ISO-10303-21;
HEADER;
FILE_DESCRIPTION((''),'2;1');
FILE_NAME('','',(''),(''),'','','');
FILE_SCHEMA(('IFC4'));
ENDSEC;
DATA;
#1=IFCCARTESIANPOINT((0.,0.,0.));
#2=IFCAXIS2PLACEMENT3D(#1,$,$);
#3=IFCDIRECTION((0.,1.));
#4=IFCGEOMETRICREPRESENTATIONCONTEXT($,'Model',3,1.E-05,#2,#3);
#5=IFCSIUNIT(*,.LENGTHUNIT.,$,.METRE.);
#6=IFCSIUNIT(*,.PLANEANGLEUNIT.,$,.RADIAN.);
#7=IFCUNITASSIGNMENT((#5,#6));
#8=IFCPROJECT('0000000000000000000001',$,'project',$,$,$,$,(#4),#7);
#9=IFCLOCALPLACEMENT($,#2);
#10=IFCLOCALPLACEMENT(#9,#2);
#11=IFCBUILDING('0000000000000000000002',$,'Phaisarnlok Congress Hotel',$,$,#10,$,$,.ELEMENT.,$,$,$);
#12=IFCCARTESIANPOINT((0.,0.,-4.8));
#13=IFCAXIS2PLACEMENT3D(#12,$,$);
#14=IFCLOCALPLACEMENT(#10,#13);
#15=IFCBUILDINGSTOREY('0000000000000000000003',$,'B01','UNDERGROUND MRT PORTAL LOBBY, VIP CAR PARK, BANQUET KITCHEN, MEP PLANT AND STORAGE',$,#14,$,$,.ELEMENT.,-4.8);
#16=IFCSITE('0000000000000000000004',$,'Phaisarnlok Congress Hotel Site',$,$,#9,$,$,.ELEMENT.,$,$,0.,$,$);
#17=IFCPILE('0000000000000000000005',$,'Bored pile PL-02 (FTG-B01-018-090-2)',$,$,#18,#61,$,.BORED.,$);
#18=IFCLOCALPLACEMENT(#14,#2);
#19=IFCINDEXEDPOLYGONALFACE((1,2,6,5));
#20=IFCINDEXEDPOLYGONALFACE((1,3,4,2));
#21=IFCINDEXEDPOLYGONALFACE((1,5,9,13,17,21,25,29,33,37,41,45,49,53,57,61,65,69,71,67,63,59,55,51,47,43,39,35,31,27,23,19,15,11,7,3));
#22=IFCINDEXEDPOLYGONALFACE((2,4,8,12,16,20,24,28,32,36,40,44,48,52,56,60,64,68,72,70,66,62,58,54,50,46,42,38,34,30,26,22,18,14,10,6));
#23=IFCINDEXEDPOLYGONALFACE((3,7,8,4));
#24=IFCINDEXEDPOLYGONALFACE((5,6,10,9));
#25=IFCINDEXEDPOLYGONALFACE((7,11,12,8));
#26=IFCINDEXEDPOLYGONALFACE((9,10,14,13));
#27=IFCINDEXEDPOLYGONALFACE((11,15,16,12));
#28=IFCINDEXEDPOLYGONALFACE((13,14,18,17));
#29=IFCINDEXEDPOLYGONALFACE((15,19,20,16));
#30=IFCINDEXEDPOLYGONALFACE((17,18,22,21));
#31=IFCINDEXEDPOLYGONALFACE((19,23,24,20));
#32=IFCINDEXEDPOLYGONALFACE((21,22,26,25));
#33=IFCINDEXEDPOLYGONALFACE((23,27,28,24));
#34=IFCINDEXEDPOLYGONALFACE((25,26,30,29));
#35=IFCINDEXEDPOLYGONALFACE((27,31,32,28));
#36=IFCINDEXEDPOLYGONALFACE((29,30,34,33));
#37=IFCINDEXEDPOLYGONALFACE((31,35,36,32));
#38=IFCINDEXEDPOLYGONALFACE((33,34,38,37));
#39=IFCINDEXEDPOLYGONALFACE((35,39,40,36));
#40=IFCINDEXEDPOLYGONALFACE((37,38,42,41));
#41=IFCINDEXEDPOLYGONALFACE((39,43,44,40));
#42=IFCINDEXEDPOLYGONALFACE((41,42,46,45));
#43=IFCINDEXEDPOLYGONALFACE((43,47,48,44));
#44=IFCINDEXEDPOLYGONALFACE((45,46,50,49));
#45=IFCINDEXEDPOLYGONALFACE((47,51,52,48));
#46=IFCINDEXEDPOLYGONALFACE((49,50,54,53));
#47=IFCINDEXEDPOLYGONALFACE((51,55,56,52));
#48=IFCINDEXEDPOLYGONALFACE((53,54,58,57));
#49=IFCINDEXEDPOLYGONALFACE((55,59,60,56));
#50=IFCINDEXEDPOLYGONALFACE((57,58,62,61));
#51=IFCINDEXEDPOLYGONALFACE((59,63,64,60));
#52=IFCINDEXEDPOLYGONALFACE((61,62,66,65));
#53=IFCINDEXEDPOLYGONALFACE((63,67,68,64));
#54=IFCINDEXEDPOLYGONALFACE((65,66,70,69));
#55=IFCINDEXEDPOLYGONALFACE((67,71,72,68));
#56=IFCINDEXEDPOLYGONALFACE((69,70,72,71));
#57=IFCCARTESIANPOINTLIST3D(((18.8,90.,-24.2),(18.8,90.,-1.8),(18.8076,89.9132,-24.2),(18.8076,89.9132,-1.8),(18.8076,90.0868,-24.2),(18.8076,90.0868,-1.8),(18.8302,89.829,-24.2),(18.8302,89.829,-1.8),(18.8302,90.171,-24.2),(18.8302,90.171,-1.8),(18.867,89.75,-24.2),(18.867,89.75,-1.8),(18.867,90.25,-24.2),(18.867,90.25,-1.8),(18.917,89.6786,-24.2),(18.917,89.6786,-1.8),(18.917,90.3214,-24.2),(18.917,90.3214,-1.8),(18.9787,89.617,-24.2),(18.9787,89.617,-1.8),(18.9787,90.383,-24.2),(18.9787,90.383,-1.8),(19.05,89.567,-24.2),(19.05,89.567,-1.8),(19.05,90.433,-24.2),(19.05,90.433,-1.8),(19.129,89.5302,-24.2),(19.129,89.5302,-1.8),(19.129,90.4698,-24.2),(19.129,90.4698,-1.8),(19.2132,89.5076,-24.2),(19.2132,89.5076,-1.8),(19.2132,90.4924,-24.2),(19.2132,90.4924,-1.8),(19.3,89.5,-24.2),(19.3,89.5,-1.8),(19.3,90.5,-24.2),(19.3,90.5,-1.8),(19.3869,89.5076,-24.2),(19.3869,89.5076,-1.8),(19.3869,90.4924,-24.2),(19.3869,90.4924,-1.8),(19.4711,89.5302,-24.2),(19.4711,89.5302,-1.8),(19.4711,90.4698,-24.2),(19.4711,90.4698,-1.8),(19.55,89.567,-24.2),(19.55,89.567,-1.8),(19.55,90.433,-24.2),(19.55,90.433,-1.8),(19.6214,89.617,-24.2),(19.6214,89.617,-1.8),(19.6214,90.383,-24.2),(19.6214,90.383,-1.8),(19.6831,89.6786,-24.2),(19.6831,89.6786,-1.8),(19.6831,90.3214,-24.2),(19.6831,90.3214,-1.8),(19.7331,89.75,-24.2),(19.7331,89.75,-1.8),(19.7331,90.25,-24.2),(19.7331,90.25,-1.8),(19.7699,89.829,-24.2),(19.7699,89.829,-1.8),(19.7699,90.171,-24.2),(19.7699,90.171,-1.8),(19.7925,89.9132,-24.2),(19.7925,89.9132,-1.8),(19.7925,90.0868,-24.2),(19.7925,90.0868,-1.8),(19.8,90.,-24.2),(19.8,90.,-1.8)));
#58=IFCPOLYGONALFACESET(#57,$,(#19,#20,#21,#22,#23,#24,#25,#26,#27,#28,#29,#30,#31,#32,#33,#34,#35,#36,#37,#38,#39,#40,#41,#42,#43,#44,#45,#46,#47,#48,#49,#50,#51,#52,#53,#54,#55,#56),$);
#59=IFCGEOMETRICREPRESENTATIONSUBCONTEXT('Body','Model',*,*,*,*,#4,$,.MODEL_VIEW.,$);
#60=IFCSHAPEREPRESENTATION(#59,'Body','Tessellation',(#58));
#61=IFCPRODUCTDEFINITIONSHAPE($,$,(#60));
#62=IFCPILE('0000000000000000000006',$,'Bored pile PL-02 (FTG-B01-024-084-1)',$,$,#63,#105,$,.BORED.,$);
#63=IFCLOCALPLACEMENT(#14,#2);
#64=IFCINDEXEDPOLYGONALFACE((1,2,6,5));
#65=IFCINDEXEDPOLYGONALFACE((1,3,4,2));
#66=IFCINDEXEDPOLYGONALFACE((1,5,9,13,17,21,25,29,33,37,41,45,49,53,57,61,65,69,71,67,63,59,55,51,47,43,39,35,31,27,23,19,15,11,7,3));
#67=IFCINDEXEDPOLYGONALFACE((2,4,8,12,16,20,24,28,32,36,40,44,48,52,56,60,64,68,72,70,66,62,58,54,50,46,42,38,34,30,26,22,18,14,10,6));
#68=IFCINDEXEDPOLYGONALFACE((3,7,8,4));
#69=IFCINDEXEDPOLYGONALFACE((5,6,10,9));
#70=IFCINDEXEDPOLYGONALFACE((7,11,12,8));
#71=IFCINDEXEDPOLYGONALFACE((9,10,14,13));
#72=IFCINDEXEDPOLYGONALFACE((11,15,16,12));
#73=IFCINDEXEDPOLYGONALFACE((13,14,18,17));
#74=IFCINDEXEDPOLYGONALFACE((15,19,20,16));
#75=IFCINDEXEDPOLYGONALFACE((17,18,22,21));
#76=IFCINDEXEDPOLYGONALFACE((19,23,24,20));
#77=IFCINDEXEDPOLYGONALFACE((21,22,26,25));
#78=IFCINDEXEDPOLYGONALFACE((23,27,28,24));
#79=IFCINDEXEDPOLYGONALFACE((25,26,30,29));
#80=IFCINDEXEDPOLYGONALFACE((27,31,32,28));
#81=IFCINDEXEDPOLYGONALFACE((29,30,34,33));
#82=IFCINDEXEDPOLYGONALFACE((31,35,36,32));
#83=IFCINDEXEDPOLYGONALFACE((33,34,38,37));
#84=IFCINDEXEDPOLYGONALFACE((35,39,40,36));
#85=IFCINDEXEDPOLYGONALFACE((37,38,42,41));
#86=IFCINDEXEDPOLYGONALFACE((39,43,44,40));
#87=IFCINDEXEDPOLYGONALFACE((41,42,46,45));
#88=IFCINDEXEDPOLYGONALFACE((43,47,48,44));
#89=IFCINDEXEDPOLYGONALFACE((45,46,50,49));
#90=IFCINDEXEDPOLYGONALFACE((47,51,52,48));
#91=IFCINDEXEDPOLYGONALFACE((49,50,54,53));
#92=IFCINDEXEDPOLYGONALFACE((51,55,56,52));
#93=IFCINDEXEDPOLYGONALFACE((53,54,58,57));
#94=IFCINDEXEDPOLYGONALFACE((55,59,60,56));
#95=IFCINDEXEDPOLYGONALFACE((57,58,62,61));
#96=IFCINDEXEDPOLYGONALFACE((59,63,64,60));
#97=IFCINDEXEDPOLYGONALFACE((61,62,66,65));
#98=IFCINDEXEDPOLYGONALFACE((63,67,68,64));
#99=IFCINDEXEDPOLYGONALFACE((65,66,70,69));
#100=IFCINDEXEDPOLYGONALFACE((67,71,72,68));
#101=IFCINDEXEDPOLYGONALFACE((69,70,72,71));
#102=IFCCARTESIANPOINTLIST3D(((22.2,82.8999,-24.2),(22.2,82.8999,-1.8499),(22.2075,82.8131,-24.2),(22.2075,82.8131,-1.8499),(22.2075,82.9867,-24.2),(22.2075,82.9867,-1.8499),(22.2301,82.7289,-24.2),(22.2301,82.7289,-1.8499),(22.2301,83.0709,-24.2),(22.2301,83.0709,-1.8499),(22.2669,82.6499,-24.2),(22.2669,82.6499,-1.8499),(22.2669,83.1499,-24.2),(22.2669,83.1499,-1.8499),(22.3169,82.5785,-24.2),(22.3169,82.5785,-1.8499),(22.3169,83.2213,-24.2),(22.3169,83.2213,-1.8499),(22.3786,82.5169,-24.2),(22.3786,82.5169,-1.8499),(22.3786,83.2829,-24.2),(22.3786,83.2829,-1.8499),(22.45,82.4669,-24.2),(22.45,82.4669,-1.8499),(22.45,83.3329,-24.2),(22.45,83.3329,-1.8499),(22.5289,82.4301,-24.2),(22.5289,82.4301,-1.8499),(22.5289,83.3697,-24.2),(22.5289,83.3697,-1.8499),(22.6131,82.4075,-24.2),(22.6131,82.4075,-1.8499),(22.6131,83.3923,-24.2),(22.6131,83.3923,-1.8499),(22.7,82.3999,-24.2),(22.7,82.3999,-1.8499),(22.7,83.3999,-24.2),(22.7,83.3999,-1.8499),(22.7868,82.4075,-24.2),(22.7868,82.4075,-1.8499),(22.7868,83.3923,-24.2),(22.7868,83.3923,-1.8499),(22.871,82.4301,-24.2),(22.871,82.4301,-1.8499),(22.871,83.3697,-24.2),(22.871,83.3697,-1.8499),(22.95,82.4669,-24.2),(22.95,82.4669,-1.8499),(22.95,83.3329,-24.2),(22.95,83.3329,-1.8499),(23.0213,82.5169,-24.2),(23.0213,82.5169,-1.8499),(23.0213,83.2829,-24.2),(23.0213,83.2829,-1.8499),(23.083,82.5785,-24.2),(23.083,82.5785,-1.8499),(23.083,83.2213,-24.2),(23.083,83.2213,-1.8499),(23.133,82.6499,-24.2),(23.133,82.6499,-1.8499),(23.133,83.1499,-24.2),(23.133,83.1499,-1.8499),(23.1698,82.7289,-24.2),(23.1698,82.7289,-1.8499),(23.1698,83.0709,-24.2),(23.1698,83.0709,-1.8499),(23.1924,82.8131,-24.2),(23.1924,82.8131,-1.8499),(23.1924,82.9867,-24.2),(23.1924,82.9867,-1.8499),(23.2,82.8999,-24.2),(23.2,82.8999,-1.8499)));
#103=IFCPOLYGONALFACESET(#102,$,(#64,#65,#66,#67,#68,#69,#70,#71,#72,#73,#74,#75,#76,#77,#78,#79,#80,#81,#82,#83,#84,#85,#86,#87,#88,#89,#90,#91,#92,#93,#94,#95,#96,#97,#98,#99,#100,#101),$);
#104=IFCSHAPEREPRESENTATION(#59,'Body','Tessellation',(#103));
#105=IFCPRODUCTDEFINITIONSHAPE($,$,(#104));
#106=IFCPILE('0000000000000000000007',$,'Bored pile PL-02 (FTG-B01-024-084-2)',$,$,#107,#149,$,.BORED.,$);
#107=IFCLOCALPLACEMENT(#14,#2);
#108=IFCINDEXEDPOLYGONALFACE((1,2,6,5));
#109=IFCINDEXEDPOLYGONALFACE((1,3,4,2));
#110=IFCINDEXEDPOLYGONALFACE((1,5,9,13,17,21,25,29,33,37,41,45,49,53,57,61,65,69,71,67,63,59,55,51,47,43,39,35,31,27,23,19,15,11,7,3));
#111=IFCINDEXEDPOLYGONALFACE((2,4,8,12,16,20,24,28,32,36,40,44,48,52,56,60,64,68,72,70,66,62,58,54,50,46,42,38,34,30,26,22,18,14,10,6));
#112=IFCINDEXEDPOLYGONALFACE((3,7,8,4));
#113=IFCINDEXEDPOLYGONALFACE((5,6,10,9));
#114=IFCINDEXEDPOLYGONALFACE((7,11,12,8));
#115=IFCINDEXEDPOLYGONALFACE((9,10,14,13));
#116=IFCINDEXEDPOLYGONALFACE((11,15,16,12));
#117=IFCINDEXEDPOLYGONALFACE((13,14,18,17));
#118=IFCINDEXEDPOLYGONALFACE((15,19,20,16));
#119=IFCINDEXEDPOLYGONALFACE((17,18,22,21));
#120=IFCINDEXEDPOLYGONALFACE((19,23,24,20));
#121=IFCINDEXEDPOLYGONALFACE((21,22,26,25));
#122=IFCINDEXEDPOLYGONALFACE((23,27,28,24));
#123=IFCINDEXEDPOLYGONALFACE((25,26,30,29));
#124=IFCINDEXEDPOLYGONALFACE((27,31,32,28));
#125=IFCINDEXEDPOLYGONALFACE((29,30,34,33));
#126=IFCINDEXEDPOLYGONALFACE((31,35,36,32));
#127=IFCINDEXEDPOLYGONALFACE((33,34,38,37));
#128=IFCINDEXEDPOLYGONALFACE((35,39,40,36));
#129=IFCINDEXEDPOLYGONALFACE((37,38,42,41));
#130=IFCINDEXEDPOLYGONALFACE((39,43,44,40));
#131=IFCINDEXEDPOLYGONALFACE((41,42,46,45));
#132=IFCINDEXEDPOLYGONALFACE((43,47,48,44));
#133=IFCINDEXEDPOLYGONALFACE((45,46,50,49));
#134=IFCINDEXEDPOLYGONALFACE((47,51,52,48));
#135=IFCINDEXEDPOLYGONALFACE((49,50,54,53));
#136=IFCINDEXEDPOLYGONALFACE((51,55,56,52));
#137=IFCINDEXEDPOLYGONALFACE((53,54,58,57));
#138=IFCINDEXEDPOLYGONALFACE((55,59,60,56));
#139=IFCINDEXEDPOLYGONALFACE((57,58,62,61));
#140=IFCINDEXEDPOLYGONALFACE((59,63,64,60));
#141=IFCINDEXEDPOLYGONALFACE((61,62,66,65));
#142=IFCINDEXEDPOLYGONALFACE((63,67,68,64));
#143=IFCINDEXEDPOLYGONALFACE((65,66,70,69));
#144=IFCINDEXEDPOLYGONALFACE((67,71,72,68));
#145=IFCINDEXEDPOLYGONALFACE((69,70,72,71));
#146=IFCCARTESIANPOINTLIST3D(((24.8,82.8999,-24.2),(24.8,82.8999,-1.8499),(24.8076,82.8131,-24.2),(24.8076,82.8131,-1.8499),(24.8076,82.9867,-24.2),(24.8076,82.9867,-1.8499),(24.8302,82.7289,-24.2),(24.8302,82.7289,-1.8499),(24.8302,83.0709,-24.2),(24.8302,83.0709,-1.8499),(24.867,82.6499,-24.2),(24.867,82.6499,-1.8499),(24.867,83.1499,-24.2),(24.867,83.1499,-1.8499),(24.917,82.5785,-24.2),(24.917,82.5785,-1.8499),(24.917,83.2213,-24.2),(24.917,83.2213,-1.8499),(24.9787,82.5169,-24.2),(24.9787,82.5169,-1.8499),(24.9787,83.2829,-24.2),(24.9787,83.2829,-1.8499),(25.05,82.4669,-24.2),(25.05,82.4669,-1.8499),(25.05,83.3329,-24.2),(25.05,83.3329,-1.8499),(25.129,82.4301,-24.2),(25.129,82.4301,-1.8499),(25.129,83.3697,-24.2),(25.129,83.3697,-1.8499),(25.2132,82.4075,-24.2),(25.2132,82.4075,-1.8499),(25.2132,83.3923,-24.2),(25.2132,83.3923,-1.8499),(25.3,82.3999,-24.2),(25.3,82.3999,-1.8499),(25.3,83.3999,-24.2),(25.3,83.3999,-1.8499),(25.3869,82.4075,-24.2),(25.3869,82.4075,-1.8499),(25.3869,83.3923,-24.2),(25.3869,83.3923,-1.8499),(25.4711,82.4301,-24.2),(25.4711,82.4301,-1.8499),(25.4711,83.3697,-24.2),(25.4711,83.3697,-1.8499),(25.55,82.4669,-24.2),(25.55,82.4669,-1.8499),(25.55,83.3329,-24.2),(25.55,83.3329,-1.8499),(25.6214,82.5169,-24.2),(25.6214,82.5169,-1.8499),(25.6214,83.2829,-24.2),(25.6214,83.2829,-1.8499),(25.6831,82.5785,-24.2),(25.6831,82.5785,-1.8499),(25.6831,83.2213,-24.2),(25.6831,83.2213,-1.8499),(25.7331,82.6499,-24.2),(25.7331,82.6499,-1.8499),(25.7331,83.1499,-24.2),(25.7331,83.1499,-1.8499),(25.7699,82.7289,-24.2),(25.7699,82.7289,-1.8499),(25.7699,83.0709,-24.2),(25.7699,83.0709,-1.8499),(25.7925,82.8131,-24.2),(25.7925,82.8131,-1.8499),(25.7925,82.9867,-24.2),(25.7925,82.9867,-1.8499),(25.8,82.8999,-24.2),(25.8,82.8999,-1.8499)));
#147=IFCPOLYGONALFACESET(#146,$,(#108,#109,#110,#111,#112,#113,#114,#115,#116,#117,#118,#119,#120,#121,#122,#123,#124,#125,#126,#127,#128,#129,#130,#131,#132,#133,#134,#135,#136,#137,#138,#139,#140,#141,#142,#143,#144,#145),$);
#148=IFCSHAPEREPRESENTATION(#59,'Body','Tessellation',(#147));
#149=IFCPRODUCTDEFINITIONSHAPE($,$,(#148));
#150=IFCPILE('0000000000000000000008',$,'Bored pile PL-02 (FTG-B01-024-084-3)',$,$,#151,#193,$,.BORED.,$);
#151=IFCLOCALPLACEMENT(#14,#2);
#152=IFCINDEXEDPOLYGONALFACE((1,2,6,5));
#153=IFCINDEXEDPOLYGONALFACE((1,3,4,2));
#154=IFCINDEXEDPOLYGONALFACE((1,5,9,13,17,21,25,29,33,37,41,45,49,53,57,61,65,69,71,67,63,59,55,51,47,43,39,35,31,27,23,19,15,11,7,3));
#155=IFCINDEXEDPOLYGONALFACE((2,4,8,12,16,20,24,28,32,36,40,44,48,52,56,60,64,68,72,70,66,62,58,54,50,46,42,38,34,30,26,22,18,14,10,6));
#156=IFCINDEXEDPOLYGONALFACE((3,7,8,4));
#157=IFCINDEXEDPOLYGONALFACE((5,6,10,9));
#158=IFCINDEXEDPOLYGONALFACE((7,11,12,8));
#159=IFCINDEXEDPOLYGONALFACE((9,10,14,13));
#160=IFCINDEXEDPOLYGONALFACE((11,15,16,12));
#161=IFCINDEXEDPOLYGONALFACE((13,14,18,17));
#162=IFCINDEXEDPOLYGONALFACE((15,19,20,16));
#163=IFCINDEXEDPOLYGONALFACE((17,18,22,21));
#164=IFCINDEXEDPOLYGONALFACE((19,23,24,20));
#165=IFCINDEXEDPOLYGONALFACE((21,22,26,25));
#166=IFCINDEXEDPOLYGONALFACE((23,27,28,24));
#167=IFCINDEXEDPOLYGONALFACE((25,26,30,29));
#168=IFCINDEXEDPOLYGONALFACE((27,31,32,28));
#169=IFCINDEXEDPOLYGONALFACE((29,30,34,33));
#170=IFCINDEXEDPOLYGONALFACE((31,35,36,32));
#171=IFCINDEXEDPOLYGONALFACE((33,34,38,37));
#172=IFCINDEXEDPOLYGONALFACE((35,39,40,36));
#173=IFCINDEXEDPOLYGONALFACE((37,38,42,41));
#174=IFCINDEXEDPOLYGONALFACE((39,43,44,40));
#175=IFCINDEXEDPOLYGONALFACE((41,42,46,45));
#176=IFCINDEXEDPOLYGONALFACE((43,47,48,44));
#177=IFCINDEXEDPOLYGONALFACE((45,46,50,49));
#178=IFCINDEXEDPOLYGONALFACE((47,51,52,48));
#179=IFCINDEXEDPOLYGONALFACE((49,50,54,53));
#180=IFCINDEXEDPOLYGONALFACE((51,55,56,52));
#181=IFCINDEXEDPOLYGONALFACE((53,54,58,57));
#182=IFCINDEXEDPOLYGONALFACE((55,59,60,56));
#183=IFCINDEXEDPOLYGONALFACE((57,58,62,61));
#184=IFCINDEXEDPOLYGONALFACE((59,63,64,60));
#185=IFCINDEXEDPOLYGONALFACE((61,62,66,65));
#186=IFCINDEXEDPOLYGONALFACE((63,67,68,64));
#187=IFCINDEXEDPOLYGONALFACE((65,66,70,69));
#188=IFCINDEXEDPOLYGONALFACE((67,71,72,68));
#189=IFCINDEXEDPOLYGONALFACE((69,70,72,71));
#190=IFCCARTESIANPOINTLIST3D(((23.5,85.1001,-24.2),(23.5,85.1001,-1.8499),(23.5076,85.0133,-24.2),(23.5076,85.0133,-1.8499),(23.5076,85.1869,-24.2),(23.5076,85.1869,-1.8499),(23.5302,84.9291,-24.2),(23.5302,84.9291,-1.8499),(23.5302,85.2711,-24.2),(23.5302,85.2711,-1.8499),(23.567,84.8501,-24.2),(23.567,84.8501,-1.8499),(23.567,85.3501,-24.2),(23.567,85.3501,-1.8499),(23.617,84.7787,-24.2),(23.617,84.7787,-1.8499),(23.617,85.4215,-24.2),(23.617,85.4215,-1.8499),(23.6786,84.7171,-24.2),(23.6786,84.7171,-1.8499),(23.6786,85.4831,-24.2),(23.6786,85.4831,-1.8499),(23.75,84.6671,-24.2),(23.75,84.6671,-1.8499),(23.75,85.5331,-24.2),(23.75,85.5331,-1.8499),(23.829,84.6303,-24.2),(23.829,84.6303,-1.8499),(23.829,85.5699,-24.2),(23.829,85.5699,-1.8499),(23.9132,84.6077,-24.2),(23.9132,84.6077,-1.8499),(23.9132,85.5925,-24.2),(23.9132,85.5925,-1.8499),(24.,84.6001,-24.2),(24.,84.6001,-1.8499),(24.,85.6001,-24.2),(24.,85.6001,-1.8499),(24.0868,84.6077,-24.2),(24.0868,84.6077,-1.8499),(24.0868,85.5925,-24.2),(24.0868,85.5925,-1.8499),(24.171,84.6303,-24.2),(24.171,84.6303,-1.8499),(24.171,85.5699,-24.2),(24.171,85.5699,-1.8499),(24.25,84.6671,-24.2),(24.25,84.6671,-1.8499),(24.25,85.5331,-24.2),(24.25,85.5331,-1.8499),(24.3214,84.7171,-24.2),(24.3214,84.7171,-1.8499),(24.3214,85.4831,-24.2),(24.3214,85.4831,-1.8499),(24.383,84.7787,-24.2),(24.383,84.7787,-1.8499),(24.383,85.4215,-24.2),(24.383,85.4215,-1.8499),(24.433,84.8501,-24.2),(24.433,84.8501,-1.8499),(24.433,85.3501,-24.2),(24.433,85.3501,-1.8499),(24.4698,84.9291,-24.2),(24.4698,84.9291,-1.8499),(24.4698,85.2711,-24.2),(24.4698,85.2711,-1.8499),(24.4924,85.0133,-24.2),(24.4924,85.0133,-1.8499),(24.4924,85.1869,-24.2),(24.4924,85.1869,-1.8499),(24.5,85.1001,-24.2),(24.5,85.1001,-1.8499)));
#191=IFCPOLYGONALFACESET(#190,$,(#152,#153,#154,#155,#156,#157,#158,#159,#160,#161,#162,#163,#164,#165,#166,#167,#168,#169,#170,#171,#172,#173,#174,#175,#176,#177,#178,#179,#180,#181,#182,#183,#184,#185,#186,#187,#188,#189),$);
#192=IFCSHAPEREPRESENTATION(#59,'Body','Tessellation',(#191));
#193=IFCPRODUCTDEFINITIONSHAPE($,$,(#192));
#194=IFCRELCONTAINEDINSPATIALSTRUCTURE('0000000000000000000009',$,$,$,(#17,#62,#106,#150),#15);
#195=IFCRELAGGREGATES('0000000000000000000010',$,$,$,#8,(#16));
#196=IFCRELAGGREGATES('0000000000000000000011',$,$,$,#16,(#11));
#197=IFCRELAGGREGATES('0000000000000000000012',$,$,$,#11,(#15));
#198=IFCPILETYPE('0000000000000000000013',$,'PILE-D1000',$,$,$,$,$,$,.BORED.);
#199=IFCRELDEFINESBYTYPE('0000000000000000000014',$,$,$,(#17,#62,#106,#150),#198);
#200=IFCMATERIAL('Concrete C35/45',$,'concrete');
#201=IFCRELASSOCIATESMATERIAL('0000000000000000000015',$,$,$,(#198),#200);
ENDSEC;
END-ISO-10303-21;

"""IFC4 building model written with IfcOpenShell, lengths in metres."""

from ifc_helpers import new_model, si_unit, direction, frame, origin, origin_2d, place, context, subcontext, project, spatial, circle, extrude, material, material_profile, profile_set, type_object, element, save


model = new_model("IFC4")

# Units and contexts
model_context = context("Model", 3, precision=1e-05, world=origin(), true_north=direction((0.0, 1.0)))
body_context = subcontext(model_context, "Body", "Model", "MODEL_VIEW")
ifc_project = project(units=[si_unit("LENGTHUNIT", "METRE"), si_unit("PLANEANGLEUNIT", "RADIAN")], contexts=[model_context])

# Site, building, storey
site_placement = place(None, origin())
site = spatial("IfcSite", under=ifc_project, at=site_placement, Name="Phaisarnlok Congress Hotel Site", CompositionType="ELEMENT", RefElevation=0.0)
building_placement = place(site_placement, origin())
building = spatial("IfcBuilding", under=site, at=building_placement, Name="Phaisarnlok Congress Hotel", CompositionType="ELEMENT")
storey_placement = place(building_placement, frame((0.0, 0.0, -4.8)))
storey = spatial("IfcBuildingStorey", under=building, at=storey_placement, Name="B01", Description="UNDERGROUND MRT PORTAL LOBBY, VIP CAR PARK, BANQUET KITCHEN, MEP PLANT AND STORAGE", CompositionType="ELEMENT", Elevation=-4.8)

# Piles
ifc_material_1 = material(Name="Concrete C35/45", Category="concrete")
ifc_material_profile_1 = material_profile(ifc_material_1, circle(Radius=0.5, at=origin_2d()), Name="BORED PILE D1000")
ifc_profile_set_1 = profile_set([ifc_material_profile_1], Name="Concrete C35/45")
pile_type_1 = type_object("IfcPileType", Name="PILE-D1000", PredefinedType="BORED", material=ifc_profile_set_1)
pile_1_placement = place(storey_placement, frame((19.3, 90.0, -1.8), z_axis=(0.0, 0.0, -1.0), x_axis=(1.0, 0.0, 0.0)))
element("IfcPile", 1, at=pile_1_placement, inside=storey, type_object=pile_type_1, Name="Bored pile PL-02 (FTG-B01-018-090-2)", PredefinedType="BORED", context=body_context, shape_type="SweptSolid", body=[
    extrude(circle(Radius=0.5, at=origin_2d()), origin(), (0.0, 0.0, 1.0), 22.3999),
])
for number, where, z_axis, x_axis, name in (
    (2, (22.7, 82.8999, -1.8499), (0.0, 0.0, -1.0), (1.0, 0.0, 0.0), "Bored pile PL-02 (FTG-B01-024-084-1)"),
    (3, (25.3, 82.8999, -1.8499), (0.0, 0.0, -1.0), (1.0, 0.0, 0.0), "Bored pile PL-02 (FTG-B01-024-084-2)"),
    (4, (24.0, 85.1001, -1.8499), (0.0, 0.0, -1.0), (1.0, 0.0, 0.0), "Bored pile PL-02 (FTG-B01-024-084-3)"),
):
    element("IfcPile", number, at=place(storey_placement, frame(where, z_axis=z_axis, x_axis=x_axis)), inside=storey, type_object=pile_type_1, Name=name, PredefinedType="BORED", context=body_context, shape_type="SweptSolid", body=[
        extrude(circle(Radius=0.5, at=origin_2d()), origin(), (0.0, 0.0, 1.0), 22.3501),
    ])

save(model, "model.ifc")
